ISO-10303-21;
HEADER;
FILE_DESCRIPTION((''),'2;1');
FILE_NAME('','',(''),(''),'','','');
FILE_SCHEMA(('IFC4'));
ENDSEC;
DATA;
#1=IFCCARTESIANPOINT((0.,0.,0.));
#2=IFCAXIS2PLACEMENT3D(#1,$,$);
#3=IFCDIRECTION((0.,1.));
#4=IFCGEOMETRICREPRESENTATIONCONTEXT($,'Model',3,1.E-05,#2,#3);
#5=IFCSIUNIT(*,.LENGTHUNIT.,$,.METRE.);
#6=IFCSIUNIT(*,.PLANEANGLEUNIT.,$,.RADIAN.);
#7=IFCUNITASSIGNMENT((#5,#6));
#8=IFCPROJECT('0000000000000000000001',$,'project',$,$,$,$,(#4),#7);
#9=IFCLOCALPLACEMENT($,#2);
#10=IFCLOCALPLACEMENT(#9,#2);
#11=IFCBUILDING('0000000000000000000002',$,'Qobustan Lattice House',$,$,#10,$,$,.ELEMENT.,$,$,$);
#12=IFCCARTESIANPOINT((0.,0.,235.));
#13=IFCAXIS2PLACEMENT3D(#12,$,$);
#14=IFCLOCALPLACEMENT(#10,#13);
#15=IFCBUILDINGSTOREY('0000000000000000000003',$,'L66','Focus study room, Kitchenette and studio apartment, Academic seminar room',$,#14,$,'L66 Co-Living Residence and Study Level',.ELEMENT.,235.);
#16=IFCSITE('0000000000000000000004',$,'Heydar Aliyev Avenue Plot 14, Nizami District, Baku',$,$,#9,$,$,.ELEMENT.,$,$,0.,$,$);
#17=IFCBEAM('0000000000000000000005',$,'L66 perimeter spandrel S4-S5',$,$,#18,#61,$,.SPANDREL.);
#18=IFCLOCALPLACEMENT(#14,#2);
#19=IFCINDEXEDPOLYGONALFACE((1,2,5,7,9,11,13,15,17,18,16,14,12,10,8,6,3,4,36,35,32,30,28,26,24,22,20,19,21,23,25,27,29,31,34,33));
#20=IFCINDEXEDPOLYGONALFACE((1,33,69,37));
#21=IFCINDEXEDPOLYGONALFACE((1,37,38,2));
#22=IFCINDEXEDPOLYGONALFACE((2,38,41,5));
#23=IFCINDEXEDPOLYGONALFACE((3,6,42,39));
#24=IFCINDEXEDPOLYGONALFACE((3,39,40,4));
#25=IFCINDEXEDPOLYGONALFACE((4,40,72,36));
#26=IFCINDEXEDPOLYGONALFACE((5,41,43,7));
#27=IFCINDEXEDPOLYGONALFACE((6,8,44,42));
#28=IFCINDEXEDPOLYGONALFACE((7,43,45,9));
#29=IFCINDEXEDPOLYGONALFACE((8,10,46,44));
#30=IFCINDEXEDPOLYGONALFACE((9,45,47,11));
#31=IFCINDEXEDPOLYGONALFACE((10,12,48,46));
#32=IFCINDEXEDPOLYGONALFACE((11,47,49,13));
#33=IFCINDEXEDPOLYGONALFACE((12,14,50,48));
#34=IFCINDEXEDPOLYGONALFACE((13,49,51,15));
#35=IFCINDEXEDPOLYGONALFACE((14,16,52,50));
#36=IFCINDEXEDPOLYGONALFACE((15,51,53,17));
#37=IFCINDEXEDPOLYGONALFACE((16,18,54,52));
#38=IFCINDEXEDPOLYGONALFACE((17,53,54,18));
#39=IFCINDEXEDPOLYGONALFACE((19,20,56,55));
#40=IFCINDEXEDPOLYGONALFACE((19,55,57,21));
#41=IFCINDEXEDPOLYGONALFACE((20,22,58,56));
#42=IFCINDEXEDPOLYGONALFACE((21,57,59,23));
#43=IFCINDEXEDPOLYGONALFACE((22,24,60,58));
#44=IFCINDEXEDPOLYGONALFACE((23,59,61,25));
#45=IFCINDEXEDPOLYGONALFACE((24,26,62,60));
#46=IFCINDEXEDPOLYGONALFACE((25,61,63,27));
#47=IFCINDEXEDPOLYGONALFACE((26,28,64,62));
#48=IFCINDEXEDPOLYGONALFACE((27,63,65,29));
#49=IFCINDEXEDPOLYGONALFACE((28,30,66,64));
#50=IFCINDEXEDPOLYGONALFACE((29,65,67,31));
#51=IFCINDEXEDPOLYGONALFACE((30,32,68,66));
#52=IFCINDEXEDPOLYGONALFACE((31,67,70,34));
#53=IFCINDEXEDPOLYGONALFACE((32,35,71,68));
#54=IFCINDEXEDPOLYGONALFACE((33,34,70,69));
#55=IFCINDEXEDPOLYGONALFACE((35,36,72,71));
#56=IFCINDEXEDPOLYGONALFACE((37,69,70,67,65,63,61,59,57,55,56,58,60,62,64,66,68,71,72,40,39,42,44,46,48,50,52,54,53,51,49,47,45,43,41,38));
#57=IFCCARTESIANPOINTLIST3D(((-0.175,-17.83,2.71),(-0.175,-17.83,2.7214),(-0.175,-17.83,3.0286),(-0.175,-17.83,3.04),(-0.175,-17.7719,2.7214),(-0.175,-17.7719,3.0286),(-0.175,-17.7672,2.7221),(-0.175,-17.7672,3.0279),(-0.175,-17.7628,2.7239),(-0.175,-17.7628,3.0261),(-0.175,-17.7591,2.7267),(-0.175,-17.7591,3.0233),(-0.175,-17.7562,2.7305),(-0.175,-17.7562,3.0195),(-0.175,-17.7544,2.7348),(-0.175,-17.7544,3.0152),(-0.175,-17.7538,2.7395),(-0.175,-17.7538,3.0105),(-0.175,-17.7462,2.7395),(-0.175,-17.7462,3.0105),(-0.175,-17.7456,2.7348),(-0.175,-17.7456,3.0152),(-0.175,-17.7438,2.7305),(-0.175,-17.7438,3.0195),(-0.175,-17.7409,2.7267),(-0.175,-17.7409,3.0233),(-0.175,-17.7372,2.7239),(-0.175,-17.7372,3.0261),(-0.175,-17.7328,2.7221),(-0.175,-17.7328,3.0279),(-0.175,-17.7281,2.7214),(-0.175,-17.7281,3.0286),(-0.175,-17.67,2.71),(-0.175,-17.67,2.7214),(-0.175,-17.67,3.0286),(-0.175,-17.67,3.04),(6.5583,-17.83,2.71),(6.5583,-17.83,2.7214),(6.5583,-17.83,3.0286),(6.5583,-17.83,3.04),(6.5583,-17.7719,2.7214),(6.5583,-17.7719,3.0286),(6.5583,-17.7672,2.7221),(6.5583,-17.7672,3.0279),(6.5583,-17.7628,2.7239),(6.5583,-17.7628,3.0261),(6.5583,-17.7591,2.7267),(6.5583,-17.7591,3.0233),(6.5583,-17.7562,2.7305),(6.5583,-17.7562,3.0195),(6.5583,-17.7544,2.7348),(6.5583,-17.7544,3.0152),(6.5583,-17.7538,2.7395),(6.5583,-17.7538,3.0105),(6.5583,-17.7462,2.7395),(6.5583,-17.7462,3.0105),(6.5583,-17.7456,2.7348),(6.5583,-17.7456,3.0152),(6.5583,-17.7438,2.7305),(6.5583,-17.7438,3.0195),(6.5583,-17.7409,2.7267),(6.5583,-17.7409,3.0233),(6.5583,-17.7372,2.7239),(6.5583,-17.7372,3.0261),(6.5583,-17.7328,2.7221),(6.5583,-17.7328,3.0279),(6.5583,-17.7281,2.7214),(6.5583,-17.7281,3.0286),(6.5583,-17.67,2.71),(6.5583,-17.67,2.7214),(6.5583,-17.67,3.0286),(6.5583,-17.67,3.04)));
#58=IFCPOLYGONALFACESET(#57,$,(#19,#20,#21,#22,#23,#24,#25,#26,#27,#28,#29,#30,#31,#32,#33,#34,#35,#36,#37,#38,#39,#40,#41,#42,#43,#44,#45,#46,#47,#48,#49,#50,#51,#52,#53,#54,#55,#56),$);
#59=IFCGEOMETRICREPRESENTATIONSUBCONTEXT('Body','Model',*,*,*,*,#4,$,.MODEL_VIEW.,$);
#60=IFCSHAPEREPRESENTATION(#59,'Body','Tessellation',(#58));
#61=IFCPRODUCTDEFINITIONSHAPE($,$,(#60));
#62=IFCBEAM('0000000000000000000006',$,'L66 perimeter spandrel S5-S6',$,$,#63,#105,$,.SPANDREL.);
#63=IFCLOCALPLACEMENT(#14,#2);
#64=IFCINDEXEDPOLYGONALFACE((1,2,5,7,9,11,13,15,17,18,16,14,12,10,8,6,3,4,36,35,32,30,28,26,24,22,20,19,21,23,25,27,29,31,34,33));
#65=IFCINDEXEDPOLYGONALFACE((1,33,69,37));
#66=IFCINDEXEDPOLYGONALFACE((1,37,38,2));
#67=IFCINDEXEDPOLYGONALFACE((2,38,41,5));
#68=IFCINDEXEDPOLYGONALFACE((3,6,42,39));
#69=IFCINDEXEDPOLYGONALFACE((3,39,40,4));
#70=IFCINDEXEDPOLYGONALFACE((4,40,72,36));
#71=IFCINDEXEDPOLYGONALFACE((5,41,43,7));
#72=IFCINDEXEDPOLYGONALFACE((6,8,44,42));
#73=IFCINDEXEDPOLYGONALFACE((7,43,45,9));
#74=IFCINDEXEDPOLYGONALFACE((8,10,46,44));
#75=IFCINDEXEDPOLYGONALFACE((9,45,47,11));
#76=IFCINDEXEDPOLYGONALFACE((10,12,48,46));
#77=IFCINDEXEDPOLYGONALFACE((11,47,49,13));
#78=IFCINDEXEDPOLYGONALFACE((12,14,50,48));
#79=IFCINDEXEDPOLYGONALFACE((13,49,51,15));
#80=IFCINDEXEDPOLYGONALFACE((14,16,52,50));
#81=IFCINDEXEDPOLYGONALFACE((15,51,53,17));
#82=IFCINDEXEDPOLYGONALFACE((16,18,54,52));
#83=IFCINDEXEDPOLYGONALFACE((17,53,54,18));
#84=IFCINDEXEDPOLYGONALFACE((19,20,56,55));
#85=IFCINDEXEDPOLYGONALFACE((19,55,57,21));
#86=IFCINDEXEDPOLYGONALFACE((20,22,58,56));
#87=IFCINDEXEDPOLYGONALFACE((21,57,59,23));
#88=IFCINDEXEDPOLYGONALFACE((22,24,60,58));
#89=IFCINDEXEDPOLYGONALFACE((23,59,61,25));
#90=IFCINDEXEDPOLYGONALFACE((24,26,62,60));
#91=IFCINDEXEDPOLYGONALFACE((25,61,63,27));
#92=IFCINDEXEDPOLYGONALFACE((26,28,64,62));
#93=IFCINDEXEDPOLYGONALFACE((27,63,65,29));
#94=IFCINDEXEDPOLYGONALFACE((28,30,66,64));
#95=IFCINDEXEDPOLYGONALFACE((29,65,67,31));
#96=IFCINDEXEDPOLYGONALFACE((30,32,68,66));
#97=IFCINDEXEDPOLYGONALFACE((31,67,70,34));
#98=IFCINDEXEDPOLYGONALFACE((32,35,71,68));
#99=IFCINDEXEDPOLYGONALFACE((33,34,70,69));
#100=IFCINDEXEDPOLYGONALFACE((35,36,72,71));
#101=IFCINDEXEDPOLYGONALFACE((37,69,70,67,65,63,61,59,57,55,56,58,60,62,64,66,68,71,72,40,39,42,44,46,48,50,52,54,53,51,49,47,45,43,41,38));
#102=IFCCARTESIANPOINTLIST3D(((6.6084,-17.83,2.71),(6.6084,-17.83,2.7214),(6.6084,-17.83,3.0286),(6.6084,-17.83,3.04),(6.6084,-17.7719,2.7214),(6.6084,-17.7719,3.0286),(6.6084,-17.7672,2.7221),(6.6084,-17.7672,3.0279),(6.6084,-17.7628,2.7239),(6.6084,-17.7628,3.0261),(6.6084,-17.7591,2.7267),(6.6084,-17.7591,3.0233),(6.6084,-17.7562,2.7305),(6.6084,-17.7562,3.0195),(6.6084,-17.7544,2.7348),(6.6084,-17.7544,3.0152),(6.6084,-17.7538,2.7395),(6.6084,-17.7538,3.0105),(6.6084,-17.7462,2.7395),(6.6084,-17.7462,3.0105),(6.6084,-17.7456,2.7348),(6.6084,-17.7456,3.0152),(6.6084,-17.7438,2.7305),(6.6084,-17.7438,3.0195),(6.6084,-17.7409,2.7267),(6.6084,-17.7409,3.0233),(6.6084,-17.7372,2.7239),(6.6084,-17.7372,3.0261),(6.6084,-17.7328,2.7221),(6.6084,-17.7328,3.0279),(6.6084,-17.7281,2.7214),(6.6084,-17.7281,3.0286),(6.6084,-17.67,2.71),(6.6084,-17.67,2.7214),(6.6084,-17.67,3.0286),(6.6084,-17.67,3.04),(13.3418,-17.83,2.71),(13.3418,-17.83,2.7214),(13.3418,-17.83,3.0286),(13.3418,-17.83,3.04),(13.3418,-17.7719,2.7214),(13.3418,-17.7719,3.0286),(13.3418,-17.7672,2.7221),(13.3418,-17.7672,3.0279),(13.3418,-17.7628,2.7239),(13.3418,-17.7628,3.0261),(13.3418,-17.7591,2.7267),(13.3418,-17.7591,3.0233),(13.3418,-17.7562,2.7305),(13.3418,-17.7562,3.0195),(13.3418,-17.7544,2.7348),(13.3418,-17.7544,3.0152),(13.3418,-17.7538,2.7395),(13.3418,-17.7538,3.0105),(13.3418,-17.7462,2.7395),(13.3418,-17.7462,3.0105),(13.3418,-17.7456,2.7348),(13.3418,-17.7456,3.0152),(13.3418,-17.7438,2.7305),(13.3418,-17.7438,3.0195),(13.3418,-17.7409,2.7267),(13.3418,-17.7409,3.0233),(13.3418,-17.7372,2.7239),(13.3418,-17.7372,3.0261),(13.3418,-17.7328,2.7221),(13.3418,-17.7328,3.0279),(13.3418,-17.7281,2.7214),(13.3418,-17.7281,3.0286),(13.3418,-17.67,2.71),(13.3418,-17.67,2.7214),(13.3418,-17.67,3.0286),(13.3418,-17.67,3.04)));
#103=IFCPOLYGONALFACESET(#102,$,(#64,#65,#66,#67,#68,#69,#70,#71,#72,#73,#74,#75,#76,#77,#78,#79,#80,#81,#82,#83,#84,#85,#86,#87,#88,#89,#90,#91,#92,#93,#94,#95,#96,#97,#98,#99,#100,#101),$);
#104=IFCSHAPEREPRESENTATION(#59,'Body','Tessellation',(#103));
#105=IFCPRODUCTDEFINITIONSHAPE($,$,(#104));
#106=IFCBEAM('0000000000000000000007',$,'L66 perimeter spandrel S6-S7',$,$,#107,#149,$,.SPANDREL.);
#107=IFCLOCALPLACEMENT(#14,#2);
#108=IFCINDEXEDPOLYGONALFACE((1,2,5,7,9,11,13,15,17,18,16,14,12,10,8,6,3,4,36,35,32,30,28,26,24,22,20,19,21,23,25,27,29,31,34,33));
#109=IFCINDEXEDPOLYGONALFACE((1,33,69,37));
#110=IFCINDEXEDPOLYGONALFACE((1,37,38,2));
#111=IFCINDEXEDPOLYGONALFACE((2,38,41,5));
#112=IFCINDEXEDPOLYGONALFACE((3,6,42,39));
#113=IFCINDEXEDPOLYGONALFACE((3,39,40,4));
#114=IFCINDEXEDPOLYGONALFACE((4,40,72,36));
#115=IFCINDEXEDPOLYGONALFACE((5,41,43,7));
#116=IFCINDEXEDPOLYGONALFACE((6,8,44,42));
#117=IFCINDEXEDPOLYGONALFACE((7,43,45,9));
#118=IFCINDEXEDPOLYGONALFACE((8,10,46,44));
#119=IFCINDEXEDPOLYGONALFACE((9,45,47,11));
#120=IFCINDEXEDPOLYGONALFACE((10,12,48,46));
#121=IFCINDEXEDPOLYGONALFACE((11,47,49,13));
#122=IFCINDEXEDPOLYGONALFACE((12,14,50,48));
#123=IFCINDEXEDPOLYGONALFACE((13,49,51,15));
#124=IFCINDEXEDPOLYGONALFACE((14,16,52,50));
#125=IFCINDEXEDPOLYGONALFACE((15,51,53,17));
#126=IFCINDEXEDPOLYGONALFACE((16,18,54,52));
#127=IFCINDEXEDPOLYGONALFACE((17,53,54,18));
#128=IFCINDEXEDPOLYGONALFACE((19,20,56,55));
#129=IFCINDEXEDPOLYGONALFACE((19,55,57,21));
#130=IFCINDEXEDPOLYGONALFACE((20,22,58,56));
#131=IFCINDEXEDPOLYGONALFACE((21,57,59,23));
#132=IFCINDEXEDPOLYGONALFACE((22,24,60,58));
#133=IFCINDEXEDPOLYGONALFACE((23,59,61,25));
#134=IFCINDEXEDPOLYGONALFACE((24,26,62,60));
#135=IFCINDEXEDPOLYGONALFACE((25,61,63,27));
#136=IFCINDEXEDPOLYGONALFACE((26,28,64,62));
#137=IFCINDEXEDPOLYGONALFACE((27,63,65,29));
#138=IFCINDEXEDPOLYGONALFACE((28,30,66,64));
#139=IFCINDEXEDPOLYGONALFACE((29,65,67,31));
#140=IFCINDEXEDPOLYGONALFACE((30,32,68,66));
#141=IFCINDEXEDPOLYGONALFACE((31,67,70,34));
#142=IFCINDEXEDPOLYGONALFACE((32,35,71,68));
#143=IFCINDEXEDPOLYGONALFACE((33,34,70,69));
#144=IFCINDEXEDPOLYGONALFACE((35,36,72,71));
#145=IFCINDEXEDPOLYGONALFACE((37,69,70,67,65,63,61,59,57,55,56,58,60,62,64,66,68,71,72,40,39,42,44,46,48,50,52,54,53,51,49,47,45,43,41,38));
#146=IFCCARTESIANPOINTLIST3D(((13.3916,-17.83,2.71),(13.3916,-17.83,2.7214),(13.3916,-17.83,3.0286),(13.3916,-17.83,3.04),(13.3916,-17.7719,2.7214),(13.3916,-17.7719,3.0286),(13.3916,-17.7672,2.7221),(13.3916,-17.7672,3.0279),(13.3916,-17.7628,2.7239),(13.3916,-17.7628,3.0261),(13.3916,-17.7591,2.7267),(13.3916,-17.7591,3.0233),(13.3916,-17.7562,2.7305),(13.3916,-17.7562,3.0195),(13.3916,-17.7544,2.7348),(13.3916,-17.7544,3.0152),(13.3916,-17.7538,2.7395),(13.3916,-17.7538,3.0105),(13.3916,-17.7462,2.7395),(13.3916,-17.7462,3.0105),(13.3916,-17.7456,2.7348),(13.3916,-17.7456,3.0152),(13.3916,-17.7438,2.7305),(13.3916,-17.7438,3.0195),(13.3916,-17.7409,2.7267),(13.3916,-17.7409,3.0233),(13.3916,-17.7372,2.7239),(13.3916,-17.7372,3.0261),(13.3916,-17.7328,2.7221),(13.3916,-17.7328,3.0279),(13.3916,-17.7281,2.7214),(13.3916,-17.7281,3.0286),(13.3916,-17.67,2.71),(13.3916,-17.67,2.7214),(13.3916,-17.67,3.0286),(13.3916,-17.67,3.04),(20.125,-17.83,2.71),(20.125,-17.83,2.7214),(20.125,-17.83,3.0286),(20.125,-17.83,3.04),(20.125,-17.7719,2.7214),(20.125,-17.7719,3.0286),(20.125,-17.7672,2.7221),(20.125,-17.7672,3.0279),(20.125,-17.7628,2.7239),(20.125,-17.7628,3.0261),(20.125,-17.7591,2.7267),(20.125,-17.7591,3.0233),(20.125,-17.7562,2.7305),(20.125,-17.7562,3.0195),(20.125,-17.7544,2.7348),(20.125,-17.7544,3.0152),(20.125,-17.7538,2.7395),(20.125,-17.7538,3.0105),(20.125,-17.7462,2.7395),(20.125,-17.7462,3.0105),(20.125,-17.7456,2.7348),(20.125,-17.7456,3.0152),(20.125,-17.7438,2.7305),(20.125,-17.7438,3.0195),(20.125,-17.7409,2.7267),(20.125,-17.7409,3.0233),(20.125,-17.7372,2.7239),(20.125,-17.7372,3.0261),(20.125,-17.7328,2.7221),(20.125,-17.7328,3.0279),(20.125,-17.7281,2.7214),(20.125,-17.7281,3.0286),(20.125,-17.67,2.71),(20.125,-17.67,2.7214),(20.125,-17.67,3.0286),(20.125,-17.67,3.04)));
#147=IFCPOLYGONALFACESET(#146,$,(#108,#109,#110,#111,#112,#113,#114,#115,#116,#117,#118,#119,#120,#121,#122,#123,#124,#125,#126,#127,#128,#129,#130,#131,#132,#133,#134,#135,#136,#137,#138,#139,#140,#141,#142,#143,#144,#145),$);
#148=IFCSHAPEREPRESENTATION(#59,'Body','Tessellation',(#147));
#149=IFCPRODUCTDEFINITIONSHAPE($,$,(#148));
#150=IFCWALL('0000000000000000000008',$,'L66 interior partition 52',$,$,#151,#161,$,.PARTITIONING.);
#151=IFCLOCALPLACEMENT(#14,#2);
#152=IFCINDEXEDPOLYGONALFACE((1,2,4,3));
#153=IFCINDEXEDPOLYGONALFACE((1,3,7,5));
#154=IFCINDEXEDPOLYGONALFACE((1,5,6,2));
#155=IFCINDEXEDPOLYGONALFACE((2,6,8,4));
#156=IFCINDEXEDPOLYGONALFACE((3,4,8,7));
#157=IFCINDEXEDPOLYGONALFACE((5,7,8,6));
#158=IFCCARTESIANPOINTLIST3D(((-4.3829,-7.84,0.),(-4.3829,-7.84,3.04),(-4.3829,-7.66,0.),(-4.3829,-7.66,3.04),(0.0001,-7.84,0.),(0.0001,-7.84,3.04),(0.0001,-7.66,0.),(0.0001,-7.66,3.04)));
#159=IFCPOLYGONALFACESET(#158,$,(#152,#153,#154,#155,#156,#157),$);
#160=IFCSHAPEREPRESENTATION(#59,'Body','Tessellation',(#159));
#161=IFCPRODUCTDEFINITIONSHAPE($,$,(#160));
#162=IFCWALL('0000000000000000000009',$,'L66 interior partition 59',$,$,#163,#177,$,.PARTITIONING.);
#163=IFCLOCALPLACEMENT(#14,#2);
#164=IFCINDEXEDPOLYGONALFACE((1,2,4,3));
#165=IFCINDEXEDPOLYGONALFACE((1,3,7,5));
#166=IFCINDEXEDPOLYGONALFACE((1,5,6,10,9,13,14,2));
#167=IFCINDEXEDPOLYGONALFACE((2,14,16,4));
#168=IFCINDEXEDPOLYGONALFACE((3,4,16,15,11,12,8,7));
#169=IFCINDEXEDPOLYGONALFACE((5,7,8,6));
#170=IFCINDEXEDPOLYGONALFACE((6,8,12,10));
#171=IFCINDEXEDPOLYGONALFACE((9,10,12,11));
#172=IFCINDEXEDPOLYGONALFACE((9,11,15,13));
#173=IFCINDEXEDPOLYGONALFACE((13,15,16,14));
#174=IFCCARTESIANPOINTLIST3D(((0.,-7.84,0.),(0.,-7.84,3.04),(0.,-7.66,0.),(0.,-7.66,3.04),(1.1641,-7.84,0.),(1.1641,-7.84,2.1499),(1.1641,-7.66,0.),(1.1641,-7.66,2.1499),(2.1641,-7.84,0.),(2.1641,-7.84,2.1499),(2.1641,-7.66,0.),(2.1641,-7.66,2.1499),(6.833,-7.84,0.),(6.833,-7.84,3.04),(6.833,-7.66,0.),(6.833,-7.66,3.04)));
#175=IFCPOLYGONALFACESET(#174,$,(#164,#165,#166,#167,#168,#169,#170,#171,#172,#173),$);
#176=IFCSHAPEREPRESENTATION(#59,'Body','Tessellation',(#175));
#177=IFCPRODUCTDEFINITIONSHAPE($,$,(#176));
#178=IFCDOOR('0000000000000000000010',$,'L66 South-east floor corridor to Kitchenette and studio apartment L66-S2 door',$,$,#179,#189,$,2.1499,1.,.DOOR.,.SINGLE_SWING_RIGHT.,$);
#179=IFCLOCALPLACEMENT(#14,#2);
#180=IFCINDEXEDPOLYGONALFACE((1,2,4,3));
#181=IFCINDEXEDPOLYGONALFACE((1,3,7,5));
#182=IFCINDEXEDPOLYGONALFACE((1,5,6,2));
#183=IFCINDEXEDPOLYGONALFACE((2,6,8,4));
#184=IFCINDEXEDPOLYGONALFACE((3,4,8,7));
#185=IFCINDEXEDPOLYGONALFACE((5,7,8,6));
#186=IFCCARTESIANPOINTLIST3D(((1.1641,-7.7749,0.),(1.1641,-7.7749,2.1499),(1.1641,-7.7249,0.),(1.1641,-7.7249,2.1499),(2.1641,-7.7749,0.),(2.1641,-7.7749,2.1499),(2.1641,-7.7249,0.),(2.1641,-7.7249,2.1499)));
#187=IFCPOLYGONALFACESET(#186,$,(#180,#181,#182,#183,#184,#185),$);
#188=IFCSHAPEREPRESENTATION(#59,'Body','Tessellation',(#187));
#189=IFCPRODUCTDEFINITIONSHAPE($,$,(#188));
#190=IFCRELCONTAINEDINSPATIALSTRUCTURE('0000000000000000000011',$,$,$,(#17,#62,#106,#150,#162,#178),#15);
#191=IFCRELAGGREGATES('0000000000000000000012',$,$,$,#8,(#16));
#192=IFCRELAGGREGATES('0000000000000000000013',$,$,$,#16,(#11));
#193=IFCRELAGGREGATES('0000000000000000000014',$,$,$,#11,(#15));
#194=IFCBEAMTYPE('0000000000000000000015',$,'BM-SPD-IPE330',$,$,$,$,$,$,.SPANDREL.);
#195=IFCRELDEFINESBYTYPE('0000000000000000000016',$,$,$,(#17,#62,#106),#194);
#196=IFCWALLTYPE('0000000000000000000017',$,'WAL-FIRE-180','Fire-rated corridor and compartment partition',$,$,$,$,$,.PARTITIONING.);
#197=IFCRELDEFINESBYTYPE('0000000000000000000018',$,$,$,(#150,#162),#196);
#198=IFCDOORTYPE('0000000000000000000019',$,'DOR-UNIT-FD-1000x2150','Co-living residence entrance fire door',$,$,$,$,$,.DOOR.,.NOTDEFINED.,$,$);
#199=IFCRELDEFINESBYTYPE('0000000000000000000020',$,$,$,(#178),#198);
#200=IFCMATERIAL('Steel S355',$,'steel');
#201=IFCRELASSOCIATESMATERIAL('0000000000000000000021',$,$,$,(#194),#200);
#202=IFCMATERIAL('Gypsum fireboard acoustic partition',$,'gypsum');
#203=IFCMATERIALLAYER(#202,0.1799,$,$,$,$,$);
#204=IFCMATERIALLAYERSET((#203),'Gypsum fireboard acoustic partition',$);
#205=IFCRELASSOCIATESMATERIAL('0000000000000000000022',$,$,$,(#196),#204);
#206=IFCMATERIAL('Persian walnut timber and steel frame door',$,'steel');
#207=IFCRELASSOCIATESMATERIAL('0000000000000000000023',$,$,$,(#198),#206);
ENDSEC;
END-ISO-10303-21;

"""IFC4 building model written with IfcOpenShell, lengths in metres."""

from ifc_helpers import new_model, si_unit, direction, frame, frame_2d, origin, origin_2d, place, context, subcontext, project, spatial, rectangle, i_section, extrude, material, layer, layer_set, material_profile, profile_set, type_object, element, fill, save


model = new_model("IFC4")

# Units and contexts
model_context = context("Model", 3, precision=1e-05, world=origin(), true_north=direction((0.0, 1.0)))
body_context = subcontext(model_context, "Body", "Model", "MODEL_VIEW")
ifc_project = project(units=[si_unit("LENGTHUNIT", "METRE"), si_unit("PLANEANGLEUNIT", "RADIAN")], contexts=[model_context])

# Site, building, storey
site_placement = place(None, origin())
site = spatial("IfcSite", under=ifc_project, at=site_placement, Name="Heydar Aliyev Avenue Plot 14, Nizami District, Baku", CompositionType="ELEMENT", RefElevation=0.0)
building_placement = place(site_placement, origin())
building = spatial("IfcBuilding", under=site, at=building_placement, Name="Qobustan Lattice House", CompositionType="ELEMENT")
storey_placement = place(building_placement, frame((0.0, 0.0, 235.0)))
storey = spatial("IfcBuildingStorey", under=building, at=storey_placement, Name="L66", Description="Focus study room, Kitchenette and studio apartment, Academic seminar room", LongName="L66 Co-Living Residence and Study Level", CompositionType="ELEMENT", Elevation=235.0)

# Beams
ifc_material_1 = material(Name="Steel S355", Category="steel")
ifc_material_profile_1 = material_profile(ifc_material_1, i_section(OverallWidth=0.1599, OverallDepth=0.3301, WebThickness=0.0076, FlangeThickness=0.0115, FilletRadius=0.0181, at=origin_2d()), Name="IPE330")
ifc_profile_set_1 = profile_set([ifc_material_profile_1], Name="Steel S355")
beam_type_1 = type_object("IfcBeamType", Name="BM-SPD-IPE330", PredefinedType="SPANDREL", material=ifc_profile_set_1)
for number, where, z_axis, x_axis, name in (
    (1, (-0.175, -17.75, 2.875), (1.0, 0.0, 0.0), (0.0, 1.0, 0.0), "L66 perimeter spandrel S4-S5"),
    (2, (6.6084, -17.75, 2.875), (1.0, 0.0, 0.0), (0.0, 1.0, 0.0), "L66 perimeter spandrel S5-S6"),
    (3, (13.3916, -17.75, 2.875), (1.0, 0.0, 0.0), (0.0, 1.0, 0.0), "L66 perimeter spandrel S6-S7"),
):
    element("IfcBeam", number, at=place(storey_placement, frame(where, z_axis=z_axis, x_axis=x_axis)), inside=storey, type_object=beam_type_1, Name=name, PredefinedType="SPANDREL", context=body_context, shape_type="SweptSolid", body=[
        extrude(i_section(OverallWidth=0.1599, OverallDepth=0.3301, WebThickness=0.0076, FlangeThickness=0.0115, FilletRadius=0.0181, at=origin_2d()), origin(), (0.0, 0.0, 1.0), 6.7334),
    ])

# Wall
ifc_material_2 = material(Name="Gypsum fireboard acoustic partition", Category="gypsum")
ifc_layer_1 = layer(ifc_material_2, 0.1799)
ifc_layer_set_1 = layer_set([ifc_layer_1], Name="Gypsum fireboard acoustic partition")
wall_type_1 = type_object("IfcWallType", Name="WAL-FIRE-180", Description="Fire-rated corridor and compartment partition", PredefinedType="PARTITIONING", material=ifc_layer_set_1)
wall_1_placement = place(storey_placement, frame((0.0, -7.75, 0.0), z_axis=(0.0, 0.0, 1.0), x_axis=(-1.0, 0.0, 0.0)))
element("IfcWall", 4, at=wall_1_placement, inside=storey, type_object=wall_type_1, Name="L66 interior partition 52", PredefinedType="PARTITIONING", context=body_context, shape_type="SweptSolid", body=[
    extrude(rectangle(XDim=4.3831, YDim=0.1799, at=frame_2d((2.1914, 0.0))), origin(), (0.0, 0.0, 1.0), 3.04),
])

# Wall, opening, door
wall_2_placement = place(storey_placement, frame((6.833, -7.75, 0.0), z_axis=(0.0, 0.0, 1.0), x_axis=(-1.0, 0.0, 0.0)))
wall_2 = element("IfcWall", 5, at=wall_2_placement, inside=storey, type_object=wall_type_1, Name="L66 interior partition 59", PredefinedType="PARTITIONING", context=body_context, shape_type="SweptSolid", body=[
    extrude(rectangle(XDim=6.833, YDim=0.1799, at=frame_2d((3.4165, 0.0))), origin(), (0.0, 0.0, 1.0), 3.04),
])
opening_1_placement = place(wall_2_placement, frame((4.6689, 0.0, 0.0)))
opening_1 = element("IfcOpeningElement", 6, at=opening_1_placement, cuts=wall_2, PredefinedType="OPENING", context=body_context, shape_type="SweptSolid", body=[
    extrude(rectangle(XDim=1.0, YDim=2.1499, at=frame_2d((0.5, 1.075))), frame((0.0, 0.0999, 0.0), z_axis=(0.0, -1.0, 0.0), x_axis=(1.0, 0.0, 0.0)), (0.0, 0.0, 1.0), 0.2),
])
ifc_material_3 = material(Name="Persian walnut timber and steel frame door", Category="steel")
door_type_1 = type_object("IfcDoorType", Name="DOR-UNIT-FD-1000x2150", Description="Co-living residence entrance fire door", OperationType="NOTDEFINED", PredefinedType="DOOR", material=ifc_material_3)
door_1_placement = place(opening_1_placement, origin())
door_1 = element("IfcDoor", 7, at=door_1_placement, inside=storey, type_object=door_type_1, Name="L66 South-east floor corridor to Kitchenette and studio apartment L66-S2 door", OperationType="SINGLE_SWING_RIGHT", OverallHeight=2.1499, OverallWidth=1.0, PredefinedType="DOOR", context=body_context, shape_type="SweptSolid", body=[
    extrude(rectangle(XDim=1.0, YDim=2.1499, at=frame_2d((0.5, 1.075))), frame((0.0, 0.0249, 0.0), z_axis=(0.0, -1.0, 0.0), x_axis=(1.0, 0.0, 0.0)), (0.0, 0.0, 1.0), 0.05),
])
fill(opening_1, door_1)

save(model, "model.ifc")
